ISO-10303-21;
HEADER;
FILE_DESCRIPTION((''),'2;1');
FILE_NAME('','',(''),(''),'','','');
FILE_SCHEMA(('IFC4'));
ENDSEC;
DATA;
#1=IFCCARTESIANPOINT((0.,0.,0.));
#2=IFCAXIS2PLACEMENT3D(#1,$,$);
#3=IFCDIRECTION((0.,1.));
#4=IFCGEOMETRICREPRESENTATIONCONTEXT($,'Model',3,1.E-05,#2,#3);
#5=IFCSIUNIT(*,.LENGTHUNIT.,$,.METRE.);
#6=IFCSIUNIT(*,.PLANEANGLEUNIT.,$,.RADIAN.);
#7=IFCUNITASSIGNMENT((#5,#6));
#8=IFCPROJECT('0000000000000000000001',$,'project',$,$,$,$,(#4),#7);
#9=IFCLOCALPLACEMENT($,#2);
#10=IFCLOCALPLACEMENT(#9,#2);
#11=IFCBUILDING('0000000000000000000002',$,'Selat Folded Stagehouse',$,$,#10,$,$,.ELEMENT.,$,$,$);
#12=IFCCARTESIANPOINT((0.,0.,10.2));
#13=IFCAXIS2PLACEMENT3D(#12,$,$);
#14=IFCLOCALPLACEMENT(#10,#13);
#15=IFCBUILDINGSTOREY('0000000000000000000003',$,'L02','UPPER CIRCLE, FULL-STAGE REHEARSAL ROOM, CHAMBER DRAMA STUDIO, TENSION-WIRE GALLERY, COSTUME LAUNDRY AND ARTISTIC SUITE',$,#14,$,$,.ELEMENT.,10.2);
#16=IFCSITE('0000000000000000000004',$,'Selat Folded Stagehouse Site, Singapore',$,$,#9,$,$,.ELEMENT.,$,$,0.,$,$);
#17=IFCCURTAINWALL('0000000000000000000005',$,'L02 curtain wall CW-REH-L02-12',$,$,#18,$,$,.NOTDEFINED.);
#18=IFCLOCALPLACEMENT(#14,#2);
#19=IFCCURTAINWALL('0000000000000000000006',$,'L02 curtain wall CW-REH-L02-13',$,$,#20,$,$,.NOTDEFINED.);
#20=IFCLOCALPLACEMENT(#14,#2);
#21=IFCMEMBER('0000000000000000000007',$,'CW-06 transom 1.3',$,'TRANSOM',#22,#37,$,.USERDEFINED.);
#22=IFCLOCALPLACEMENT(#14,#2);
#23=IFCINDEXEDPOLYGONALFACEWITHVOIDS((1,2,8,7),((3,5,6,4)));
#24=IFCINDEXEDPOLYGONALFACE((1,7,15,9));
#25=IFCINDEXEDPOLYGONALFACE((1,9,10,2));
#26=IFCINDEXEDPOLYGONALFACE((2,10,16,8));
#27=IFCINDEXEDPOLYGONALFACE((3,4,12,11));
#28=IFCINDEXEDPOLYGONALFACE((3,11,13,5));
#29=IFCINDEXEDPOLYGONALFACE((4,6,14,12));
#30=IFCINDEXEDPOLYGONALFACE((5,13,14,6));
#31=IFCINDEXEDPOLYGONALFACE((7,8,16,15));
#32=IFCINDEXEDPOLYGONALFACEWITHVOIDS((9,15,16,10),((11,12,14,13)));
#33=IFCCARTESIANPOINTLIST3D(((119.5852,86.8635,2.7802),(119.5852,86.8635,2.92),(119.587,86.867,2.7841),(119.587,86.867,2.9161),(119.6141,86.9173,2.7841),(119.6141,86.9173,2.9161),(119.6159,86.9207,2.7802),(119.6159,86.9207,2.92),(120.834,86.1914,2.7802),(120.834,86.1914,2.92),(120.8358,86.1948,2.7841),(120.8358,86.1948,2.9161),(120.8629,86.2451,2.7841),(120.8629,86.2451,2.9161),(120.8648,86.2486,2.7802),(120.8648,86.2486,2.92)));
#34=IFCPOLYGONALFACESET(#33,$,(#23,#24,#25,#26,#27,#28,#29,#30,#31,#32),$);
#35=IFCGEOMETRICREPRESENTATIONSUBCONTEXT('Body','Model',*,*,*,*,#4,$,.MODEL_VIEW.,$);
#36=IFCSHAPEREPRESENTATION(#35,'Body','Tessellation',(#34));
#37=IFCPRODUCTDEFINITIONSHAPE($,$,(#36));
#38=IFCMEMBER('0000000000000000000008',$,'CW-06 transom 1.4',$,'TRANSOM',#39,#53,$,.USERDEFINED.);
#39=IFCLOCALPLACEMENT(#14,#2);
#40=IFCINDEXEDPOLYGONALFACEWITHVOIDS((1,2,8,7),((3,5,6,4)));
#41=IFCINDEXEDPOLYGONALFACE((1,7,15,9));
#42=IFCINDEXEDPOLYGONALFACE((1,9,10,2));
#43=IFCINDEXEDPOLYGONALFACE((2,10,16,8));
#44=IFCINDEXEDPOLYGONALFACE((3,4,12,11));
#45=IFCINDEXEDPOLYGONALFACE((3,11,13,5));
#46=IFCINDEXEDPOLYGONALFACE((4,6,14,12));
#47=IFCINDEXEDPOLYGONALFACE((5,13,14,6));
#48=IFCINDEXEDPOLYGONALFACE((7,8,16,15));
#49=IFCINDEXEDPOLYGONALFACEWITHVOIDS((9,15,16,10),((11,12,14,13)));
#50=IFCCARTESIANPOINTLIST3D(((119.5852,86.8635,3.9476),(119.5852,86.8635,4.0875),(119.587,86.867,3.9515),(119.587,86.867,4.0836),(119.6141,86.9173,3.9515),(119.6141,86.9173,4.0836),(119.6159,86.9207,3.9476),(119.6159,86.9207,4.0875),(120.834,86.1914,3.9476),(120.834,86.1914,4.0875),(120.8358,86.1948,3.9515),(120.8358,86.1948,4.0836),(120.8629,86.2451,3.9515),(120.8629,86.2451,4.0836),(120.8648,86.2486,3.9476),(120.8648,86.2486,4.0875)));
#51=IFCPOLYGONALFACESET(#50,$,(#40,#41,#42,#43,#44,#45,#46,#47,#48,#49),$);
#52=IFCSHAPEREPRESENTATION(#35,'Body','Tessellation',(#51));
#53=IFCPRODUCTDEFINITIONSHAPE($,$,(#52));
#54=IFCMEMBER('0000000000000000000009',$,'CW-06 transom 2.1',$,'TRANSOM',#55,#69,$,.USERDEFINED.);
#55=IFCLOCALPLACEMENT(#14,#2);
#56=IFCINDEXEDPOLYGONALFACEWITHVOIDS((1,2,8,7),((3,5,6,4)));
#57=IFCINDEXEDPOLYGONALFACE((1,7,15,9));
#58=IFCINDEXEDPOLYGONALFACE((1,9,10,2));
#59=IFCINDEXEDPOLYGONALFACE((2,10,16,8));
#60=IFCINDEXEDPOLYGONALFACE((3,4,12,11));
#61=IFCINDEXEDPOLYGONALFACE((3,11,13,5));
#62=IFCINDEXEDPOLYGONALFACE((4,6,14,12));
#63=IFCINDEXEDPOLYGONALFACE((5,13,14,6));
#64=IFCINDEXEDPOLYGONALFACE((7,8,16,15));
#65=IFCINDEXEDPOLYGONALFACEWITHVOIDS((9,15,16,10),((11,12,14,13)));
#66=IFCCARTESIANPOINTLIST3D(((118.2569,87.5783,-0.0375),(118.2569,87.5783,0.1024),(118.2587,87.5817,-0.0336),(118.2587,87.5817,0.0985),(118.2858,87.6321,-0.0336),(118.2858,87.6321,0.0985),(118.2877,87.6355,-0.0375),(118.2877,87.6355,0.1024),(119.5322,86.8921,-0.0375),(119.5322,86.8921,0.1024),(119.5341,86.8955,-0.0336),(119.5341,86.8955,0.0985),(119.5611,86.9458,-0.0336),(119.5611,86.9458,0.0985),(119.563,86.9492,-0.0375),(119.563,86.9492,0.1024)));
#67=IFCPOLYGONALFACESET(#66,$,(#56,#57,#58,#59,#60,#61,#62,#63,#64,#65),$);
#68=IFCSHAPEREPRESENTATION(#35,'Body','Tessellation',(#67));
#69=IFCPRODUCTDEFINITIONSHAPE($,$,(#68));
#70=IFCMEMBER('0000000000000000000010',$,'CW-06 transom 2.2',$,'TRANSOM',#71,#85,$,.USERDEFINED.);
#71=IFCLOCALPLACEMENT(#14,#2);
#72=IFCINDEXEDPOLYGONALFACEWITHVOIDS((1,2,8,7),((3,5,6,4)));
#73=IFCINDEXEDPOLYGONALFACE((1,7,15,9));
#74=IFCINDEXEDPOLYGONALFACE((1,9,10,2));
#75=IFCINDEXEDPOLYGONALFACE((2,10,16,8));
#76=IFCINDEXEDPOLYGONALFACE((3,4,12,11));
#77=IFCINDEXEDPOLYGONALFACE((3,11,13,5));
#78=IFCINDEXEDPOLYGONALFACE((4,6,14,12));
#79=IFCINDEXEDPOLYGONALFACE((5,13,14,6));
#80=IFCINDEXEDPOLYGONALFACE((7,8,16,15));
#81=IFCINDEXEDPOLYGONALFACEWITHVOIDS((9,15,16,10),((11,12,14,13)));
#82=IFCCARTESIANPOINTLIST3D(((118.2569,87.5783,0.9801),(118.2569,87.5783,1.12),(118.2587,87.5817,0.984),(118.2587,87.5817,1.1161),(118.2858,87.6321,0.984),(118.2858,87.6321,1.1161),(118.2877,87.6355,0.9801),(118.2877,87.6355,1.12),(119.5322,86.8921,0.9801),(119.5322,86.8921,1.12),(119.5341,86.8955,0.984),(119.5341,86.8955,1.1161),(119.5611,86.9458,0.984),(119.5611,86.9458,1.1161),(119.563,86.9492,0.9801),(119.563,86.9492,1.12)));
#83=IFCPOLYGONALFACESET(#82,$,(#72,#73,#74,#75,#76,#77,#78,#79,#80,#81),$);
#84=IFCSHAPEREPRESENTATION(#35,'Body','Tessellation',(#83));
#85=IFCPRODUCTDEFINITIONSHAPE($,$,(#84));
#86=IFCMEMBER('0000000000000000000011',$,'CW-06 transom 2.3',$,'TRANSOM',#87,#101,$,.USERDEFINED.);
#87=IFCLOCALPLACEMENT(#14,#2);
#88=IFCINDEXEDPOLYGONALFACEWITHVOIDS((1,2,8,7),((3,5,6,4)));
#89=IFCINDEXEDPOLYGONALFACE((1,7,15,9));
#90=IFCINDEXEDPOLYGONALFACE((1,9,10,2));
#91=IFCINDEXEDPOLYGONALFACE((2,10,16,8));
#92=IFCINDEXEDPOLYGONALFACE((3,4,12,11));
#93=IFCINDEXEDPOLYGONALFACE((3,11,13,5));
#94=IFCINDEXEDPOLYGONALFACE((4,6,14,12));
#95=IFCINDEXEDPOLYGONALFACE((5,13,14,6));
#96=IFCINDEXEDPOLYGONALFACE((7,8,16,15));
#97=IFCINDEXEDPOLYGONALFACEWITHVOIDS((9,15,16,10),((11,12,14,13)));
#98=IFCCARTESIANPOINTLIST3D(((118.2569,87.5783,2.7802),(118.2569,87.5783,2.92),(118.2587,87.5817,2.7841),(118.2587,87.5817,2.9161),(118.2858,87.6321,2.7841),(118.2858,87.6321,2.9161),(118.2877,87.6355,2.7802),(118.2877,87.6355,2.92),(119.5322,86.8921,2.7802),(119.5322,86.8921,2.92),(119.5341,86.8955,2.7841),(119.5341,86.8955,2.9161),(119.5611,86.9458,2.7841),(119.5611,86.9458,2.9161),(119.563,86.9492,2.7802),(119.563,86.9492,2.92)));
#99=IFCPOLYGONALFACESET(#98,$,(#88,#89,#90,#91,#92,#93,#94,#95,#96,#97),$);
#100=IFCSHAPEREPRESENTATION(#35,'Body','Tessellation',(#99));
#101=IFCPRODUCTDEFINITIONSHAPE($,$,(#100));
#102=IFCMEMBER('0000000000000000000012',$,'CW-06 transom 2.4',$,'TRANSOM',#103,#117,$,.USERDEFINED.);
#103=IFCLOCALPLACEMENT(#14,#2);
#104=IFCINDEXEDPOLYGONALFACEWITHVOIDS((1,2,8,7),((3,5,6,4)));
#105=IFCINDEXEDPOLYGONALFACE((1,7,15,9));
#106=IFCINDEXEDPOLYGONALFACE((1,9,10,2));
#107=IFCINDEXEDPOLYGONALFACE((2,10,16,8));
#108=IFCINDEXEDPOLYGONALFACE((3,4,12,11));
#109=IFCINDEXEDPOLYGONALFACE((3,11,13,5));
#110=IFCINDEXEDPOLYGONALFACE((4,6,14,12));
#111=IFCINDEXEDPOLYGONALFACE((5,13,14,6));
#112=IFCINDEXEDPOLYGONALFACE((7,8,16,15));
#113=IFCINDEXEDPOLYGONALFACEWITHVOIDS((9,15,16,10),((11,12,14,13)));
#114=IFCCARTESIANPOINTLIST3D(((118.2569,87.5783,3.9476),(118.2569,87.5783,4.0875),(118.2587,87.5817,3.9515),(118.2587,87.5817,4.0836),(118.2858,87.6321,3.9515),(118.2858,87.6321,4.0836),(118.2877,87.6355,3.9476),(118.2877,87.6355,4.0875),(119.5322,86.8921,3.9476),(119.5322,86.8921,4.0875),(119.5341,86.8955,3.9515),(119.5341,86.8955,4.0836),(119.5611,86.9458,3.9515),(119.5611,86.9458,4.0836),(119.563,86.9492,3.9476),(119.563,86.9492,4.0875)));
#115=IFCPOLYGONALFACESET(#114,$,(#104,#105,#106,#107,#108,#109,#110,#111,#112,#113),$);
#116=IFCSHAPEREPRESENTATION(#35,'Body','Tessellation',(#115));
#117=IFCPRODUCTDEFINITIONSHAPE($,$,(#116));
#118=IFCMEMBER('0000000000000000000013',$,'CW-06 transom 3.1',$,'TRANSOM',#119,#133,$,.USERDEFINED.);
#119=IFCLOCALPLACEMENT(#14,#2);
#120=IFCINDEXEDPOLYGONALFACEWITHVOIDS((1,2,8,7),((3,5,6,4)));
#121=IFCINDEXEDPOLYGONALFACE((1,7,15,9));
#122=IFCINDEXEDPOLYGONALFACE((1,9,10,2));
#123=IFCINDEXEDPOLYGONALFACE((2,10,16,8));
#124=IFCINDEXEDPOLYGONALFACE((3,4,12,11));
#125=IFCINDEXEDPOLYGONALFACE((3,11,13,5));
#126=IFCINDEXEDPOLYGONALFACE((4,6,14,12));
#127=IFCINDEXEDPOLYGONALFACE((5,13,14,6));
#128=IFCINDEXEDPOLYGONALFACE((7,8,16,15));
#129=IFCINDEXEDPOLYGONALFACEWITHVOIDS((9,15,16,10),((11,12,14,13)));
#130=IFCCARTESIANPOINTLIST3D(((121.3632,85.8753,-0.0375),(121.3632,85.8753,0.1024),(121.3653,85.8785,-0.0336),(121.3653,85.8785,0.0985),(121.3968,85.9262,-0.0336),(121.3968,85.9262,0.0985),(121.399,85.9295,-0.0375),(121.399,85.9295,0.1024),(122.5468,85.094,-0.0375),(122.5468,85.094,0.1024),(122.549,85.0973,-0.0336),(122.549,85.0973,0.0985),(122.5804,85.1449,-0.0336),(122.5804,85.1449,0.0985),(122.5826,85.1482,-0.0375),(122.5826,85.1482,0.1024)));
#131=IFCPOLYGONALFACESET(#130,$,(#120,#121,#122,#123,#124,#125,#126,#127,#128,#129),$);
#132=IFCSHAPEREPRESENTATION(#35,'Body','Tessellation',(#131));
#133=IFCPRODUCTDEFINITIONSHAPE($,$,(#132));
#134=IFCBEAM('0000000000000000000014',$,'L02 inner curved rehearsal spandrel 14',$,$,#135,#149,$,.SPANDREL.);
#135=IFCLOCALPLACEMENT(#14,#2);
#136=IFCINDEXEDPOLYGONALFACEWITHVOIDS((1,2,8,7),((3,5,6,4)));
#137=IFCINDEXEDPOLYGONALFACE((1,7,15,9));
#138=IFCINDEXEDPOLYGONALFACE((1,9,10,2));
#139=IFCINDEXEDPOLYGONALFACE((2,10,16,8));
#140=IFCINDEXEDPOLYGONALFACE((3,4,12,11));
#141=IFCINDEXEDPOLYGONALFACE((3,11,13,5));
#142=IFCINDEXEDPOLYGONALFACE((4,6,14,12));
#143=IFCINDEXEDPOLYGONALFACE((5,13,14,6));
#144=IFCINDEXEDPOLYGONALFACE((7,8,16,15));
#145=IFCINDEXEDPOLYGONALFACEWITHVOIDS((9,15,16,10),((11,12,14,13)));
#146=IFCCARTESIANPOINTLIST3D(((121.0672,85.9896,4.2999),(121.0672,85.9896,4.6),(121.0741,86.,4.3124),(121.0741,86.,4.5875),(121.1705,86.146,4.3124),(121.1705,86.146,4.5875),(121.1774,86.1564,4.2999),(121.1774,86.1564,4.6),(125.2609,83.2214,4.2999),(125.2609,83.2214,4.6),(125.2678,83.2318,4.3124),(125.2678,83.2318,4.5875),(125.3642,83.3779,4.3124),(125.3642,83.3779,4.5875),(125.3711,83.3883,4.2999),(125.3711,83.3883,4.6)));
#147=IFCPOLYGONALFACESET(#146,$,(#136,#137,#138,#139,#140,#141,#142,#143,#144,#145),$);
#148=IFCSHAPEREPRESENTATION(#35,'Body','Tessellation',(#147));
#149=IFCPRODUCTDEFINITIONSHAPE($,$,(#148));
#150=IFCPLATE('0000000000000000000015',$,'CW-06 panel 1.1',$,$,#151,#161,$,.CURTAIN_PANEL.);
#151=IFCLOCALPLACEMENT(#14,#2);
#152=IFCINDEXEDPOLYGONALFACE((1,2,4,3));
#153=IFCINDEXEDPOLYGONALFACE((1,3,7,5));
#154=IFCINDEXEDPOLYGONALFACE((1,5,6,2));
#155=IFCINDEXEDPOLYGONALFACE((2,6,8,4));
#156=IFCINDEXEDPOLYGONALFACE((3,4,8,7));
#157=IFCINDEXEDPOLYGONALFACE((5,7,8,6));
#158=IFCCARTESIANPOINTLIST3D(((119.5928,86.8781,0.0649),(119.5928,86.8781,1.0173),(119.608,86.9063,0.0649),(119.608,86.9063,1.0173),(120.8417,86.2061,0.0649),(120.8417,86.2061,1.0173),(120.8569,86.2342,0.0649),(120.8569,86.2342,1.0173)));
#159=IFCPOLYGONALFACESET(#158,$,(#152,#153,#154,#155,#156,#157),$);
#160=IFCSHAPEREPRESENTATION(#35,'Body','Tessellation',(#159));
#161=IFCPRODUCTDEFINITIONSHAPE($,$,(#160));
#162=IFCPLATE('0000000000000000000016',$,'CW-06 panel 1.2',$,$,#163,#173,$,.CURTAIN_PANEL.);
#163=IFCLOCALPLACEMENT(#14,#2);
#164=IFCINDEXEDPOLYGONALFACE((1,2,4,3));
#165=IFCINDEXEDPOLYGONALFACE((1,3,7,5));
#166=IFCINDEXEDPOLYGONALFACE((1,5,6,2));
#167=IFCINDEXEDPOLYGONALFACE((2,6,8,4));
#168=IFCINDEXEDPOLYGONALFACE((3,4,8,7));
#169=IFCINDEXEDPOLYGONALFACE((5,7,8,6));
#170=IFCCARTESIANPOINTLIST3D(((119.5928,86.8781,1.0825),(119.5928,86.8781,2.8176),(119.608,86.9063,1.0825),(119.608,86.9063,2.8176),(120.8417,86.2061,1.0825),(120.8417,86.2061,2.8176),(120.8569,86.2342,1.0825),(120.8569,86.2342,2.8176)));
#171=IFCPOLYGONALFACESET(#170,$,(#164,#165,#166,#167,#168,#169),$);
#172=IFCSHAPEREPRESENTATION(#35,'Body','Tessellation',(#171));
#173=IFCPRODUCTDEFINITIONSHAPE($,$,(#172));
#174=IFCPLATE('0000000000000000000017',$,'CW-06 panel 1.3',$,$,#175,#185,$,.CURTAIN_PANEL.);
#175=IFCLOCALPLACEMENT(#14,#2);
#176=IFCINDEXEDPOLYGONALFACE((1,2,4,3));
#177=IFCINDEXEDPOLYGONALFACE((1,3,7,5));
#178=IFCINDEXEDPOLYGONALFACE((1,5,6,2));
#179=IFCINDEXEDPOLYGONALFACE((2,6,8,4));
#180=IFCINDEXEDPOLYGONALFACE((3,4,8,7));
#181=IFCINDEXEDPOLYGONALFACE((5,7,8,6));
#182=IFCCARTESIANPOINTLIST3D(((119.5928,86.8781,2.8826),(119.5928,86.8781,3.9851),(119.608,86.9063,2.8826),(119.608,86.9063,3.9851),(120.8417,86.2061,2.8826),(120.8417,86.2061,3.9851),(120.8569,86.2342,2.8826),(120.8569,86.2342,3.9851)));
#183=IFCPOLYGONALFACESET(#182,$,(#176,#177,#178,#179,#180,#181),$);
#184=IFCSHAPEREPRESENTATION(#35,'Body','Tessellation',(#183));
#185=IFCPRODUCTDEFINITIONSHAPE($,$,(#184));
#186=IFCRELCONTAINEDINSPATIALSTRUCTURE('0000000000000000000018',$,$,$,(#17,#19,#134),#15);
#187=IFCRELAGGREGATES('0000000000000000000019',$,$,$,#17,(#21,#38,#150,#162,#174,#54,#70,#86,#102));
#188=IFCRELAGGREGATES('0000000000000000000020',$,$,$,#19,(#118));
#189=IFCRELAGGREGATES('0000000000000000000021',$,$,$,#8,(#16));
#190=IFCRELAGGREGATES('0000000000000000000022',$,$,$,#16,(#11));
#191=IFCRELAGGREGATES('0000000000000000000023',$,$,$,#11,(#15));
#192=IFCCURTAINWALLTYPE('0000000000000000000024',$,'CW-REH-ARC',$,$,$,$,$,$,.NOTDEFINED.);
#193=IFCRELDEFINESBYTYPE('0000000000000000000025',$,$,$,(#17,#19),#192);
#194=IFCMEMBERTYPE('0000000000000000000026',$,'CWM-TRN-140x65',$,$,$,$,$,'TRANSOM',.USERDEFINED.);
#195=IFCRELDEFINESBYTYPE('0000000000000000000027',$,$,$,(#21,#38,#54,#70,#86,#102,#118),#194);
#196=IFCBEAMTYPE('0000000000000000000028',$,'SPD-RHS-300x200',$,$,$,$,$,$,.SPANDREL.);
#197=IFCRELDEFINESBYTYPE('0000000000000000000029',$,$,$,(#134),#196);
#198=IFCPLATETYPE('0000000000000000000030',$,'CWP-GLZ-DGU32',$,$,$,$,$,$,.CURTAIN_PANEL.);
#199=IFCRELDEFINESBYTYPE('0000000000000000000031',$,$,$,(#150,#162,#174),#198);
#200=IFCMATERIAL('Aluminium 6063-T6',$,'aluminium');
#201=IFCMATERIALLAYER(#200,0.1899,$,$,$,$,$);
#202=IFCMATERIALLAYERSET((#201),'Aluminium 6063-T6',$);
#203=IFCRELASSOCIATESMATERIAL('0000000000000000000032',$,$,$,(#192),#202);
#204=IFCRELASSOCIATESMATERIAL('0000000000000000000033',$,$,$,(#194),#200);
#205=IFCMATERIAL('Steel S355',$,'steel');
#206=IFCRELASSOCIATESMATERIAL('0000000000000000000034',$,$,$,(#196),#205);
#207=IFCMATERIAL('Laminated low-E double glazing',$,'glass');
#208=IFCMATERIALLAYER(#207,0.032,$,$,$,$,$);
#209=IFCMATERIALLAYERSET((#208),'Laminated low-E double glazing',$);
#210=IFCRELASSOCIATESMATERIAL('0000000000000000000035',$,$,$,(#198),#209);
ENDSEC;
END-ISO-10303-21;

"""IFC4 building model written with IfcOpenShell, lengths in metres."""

from ifc_helpers import new_model, si_unit, direction, frame, origin, origin_2d, place, context, subcontext, project, spatial, rectangle, hollow_rectangle, extrude, material, layer, layer_set, material_profile, profile_set, type_object, element, aggregate, save


model = new_model("IFC4")

# Units and contexts
model_context = context("Model", 3, precision=1e-05, world=origin(), true_north=direction((0.0, 1.0)))
body_context = subcontext(model_context, "Body", "Model", "MODEL_VIEW")
ifc_project = project(units=[si_unit("LENGTHUNIT", "METRE"), si_unit("PLANEANGLEUNIT", "RADIAN")], contexts=[model_context])

# Site, building, storey
site_placement = place(None, origin())
site = spatial("IfcSite", under=ifc_project, at=site_placement, Name="Selat Folded Stagehouse Site, Singapore", CompositionType="ELEMENT", RefElevation=0.0)
building_placement = place(site_placement, origin())
building = spatial("IfcBuilding", under=site, at=building_placement, Name="Selat Folded Stagehouse", CompositionType="ELEMENT")
storey_placement = place(building_placement, frame((0.0, 0.0, 10.2)))
storey = spatial("IfcBuildingStorey", under=building, at=storey_placement, Name="L02", Description="UPPER CIRCLE, FULL-STAGE REHEARSAL ROOM, CHAMBER DRAMA STUDIO, TENSION-WIRE GALLERY, COSTUME LAUNDRY AND ARTISTIC SUITE", CompositionType="ELEMENT", Elevation=10.2)

# Shared definitions
ifc_material_1 = material(Name="Steel S355", Category="steel")

# Curtain wall
ifc_material_2 = material(Name="Aluminium 6063-T6", Category="aluminium")
ifc_layer_1 = layer(ifc_material_2, 0.1899)
ifc_layer_set_1 = layer_set([ifc_layer_1], Name="Aluminium 6063-T6")
curtain_wall_type = type_object("IfcCurtainWallType", Name="CW-REH-ARC", PredefinedType="NOTDEFINED", material=ifc_layer_set_1)
curtain_wall_1_placement = place(storey_placement, origin())
curtain_wall_1 = element("IfcCurtainWall", 1, at=curtain_wall_1_placement, inside=storey, type_object=curtain_wall_type, Name="L02 curtain wall CW-REH-L02-12", PredefinedType="NOTDEFINED")

# Curtain wall
curtain_wall_2_placement = place(storey_placement, origin())
curtain_wall_2 = element("IfcCurtainWall", 2, at=curtain_wall_2_placement, inside=storey, type_object=curtain_wall_type, Name="L02 curtain wall CW-REH-L02-13", PredefinedType="NOTDEFINED")

# Members
ifc_material_profile_1 = material_profile(ifc_material_2, hollow_rectangle(XDim=0.0649, YDim=0.1399, WallThickness=0.0039, at=origin_2d()), Name="ALU 140x65x4.0")
ifc_profile_set_1 = profile_set([ifc_material_profile_1], Name="Aluminium 6063-T6")
member_type_1 = type_object("IfcMemberType", Name="CWM-TRN-140x65", ElementType="TRANSOM", PredefinedType="USERDEFINED", material=ifc_profile_set_1)
member_1_placement = place(storey_placement, frame((120.8494, 86.22, 2.8501), z_axis=(-0.88056, 0.473936, 0.0), x_axis=(-0.473936, -0.88056, 0.0)))
member_1 = element("IfcMember", 3, at=member_1_placement, type_object=member_type_1, Name="CW-06 transom 1.3", ObjectType="TRANSOM", PredefinedType="USERDEFINED", context=body_context, shape_type="SweptSolid", body=[
    extrude(hollow_rectangle(XDim=0.0649, YDim=0.1399, WallThickness=0.0039, at=origin_2d()), origin(), (0.0, 0.0, 1.0), 1.4182),
])
member_2_placement = place(storey_placement, frame((120.8494, 86.22, 4.0176), z_axis=(-0.88056, 0.473936, 0.0), x_axis=(-0.473936, -0.88056, 0.0)))
member_2 = element("IfcMember", 4, at=member_2_placement, type_object=member_type_1, Name="CW-06 transom 1.4", ObjectType="TRANSOM", PredefinedType="USERDEFINED", context=body_context, shape_type="SweptSolid", body=[
    extrude(hollow_rectangle(XDim=0.0649, YDim=0.1399, WallThickness=0.0039, at=origin_2d()), origin(), (0.0, 0.0, 1.0), 1.4182),
])
member_3_placement = place(storey_placement, frame((119.5476, 86.9207, 0.0325), z_axis=(-0.880606, 0.473848, 0.0), x_axis=(-0.473848, -0.880606, 0.0)))
member_3 = element("IfcMember", 5, at=member_3_placement, type_object=member_type_1, Name="CW-06 transom 2.1", ObjectType="TRANSOM", PredefinedType="USERDEFINED", context=body_context, shape_type="SweptSolid", body=[
    extrude(hollow_rectangle(XDim=0.0649, YDim=0.1399, WallThickness=0.0039, at=origin_2d()), origin(), (0.0, 0.0, 1.0), 1.4482),
])
member_4_placement = place(storey_placement, frame((119.5476, 86.9207, 1.05), z_axis=(-0.880606, 0.473848, 0.0), x_axis=(-0.473848, -0.880606, 0.0)))
member_4 = element("IfcMember", 6, at=member_4_placement, type_object=member_type_1, Name="CW-06 transom 2.2", ObjectType="TRANSOM", PredefinedType="USERDEFINED", context=body_context, shape_type="SweptSolid", body=[
    extrude(hollow_rectangle(XDim=0.0649, YDim=0.1399, WallThickness=0.0039, at=origin_2d()), origin(), (0.0, 0.0, 1.0), 1.4482),
])
member_5_placement = place(storey_placement, frame((119.5476, 86.9207, 2.8501), z_axis=(-0.880606, 0.473848, 0.0), x_axis=(-0.473848, -0.880606, 0.0)))
member_5 = element("IfcMember", 7, at=member_5_placement, type_object=member_type_1, Name="CW-06 transom 2.3", ObjectType="TRANSOM", PredefinedType="USERDEFINED", context=body_context, shape_type="SweptSolid", body=[
    extrude(hollow_rectangle(XDim=0.0649, YDim=0.1399, WallThickness=0.0039, at=origin_2d()), origin(), (0.0, 0.0, 1.0), 1.4482),
])
member_6_placement = place(storey_placement, frame((119.5476, 86.9207, 4.0176), z_axis=(-0.880606, 0.473848, 0.0), x_axis=(-0.473848, -0.880606, 0.0)))
member_6 = element("IfcMember", 8, at=member_6_placement, type_object=member_type_1, Name="CW-06 transom 2.4", ObjectType="TRANSOM", PredefinedType="USERDEFINED", context=body_context, shape_type="SweptSolid", body=[
    extrude(hollow_rectangle(XDim=0.0649, YDim=0.1399, WallThickness=0.0039, at=origin_2d()), origin(), (0.0, 0.0, 1.0), 1.4482),
])
member_7_placement = place(storey_placement, frame((122.5647, 85.1211, 0.0325), z_axis=(-0.834584, 0.550881, 0.0), x_axis=(-0.550881, -0.834584, 0.0)))
member_7 = element("IfcMember", 9, at=member_7_placement, type_object=member_type_1, Name="CW-06 transom 3.1", ObjectType="TRANSOM", PredefinedType="USERDEFINED", context=body_context, shape_type="SweptSolid", body=[
    extrude(hollow_rectangle(XDim=0.0649, YDim=0.1399, WallThickness=0.0039, at=origin_2d()), origin(), (0.0, 0.0, 1.0), 1.4182),
])

# Beam
ifc_material_profile_2 = material_profile(ifc_material_1, hollow_rectangle(XDim=0.2, YDim=0.3, WallThickness=0.0125, at=origin_2d()), Name="RHS 300x200x12.5")
ifc_profile_set_2 = profile_set([ifc_material_profile_2], Name="Steel S355")
beam_type_1 = type_object("IfcBeamType", Name="SPD-RHS-300x200", PredefinedType="SPANDREL", material=ifc_profile_set_2)
beam_1_placement = place(storey_placement, frame((121.1223, 86.073, 4.45), z_axis=(0.834583, -0.550882, 0.0), x_axis=(0.550882, 0.834583, 0.0)))
element("IfcBeam", 10, at=beam_1_placement, inside=storey, type_object=beam_type_1, Name="L02 inner curved rehearsal spandrel 14", PredefinedType="SPANDREL", context=body_context, shape_type="SweptSolid", body=[
    extrude(hollow_rectangle(XDim=0.2, YDim=0.3, WallThickness=0.0125, at=origin_2d()), origin(), (0.0, 0.0, 1.0), 5.0249),
])

# Plates
ifc_material_3 = material(Name="Laminated low-E double glazing", Category="glass")
ifc_layer_2 = layer(ifc_material_3, 0.032)
ifc_layer_set_2 = layer_set([ifc_layer_2], Name="Laminated low-E double glazing")
plate_type = type_object("IfcPlateType", Name="CWP-GLZ-DGU32", PredefinedType="CURTAIN_PANEL", material=ifc_layer_set_2)
plate_1_placement = place(storey_placement, frame((120.2249, 86.5562, 0.0649), z_axis=(0.0, 0.0, 1.0), x_axis=(-0.880601, 0.473859, 0.0)))
plate_1 = element("IfcPlate", 11, at=plate_1_placement, type_object=plate_type, Name="CW-06 panel 1.1", PredefinedType="CURTAIN_PANEL", context=body_context, shape_type="SweptSolid", body=[
    extrude(rectangle(XDim=1.4182, YDim=0.032, at=origin_2d()), origin(), (0.0, 0.0, 1.0), 0.9524),
])
plate_2_placement = place(storey_placement, frame((120.2249, 86.5562, 1.0825), z_axis=(0.0, 0.0, 1.0), x_axis=(-0.880601, 0.473859, 0.0)))
plate_2 = element("IfcPlate", 12, at=plate_2_placement, type_object=plate_type, Name="CW-06 panel 1.2", PredefinedType="CURTAIN_PANEL", context=body_context, shape_type="SweptSolid", body=[
    extrude(rectangle(XDim=1.4182, YDim=0.032, at=origin_2d()), origin(), (0.0, 0.0, 1.0), 1.7351),
])
plate_3_placement = place(storey_placement, frame((120.2249, 86.5562, 2.8826), z_axis=(0.0, 0.0, 1.0), x_axis=(-0.880601, 0.473859, 0.0)))
plate_3 = element("IfcPlate", 13, at=plate_3_placement, type_object=plate_type, Name="CW-06 panel 1.3", PredefinedType="CURTAIN_PANEL", context=body_context, shape_type="SweptSolid", body=[
    extrude(rectangle(XDim=1.4182, YDim=0.032, at=origin_2d()), origin(), (0.0, 0.0, 1.0), 1.1025),
])
aggregate(curtain_wall_1, [member_1, member_2, plate_1, plate_2, plate_3, member_3, member_4, member_5, member_6])
aggregate(curtain_wall_2, [member_7])

save(model, "model.ifc")
